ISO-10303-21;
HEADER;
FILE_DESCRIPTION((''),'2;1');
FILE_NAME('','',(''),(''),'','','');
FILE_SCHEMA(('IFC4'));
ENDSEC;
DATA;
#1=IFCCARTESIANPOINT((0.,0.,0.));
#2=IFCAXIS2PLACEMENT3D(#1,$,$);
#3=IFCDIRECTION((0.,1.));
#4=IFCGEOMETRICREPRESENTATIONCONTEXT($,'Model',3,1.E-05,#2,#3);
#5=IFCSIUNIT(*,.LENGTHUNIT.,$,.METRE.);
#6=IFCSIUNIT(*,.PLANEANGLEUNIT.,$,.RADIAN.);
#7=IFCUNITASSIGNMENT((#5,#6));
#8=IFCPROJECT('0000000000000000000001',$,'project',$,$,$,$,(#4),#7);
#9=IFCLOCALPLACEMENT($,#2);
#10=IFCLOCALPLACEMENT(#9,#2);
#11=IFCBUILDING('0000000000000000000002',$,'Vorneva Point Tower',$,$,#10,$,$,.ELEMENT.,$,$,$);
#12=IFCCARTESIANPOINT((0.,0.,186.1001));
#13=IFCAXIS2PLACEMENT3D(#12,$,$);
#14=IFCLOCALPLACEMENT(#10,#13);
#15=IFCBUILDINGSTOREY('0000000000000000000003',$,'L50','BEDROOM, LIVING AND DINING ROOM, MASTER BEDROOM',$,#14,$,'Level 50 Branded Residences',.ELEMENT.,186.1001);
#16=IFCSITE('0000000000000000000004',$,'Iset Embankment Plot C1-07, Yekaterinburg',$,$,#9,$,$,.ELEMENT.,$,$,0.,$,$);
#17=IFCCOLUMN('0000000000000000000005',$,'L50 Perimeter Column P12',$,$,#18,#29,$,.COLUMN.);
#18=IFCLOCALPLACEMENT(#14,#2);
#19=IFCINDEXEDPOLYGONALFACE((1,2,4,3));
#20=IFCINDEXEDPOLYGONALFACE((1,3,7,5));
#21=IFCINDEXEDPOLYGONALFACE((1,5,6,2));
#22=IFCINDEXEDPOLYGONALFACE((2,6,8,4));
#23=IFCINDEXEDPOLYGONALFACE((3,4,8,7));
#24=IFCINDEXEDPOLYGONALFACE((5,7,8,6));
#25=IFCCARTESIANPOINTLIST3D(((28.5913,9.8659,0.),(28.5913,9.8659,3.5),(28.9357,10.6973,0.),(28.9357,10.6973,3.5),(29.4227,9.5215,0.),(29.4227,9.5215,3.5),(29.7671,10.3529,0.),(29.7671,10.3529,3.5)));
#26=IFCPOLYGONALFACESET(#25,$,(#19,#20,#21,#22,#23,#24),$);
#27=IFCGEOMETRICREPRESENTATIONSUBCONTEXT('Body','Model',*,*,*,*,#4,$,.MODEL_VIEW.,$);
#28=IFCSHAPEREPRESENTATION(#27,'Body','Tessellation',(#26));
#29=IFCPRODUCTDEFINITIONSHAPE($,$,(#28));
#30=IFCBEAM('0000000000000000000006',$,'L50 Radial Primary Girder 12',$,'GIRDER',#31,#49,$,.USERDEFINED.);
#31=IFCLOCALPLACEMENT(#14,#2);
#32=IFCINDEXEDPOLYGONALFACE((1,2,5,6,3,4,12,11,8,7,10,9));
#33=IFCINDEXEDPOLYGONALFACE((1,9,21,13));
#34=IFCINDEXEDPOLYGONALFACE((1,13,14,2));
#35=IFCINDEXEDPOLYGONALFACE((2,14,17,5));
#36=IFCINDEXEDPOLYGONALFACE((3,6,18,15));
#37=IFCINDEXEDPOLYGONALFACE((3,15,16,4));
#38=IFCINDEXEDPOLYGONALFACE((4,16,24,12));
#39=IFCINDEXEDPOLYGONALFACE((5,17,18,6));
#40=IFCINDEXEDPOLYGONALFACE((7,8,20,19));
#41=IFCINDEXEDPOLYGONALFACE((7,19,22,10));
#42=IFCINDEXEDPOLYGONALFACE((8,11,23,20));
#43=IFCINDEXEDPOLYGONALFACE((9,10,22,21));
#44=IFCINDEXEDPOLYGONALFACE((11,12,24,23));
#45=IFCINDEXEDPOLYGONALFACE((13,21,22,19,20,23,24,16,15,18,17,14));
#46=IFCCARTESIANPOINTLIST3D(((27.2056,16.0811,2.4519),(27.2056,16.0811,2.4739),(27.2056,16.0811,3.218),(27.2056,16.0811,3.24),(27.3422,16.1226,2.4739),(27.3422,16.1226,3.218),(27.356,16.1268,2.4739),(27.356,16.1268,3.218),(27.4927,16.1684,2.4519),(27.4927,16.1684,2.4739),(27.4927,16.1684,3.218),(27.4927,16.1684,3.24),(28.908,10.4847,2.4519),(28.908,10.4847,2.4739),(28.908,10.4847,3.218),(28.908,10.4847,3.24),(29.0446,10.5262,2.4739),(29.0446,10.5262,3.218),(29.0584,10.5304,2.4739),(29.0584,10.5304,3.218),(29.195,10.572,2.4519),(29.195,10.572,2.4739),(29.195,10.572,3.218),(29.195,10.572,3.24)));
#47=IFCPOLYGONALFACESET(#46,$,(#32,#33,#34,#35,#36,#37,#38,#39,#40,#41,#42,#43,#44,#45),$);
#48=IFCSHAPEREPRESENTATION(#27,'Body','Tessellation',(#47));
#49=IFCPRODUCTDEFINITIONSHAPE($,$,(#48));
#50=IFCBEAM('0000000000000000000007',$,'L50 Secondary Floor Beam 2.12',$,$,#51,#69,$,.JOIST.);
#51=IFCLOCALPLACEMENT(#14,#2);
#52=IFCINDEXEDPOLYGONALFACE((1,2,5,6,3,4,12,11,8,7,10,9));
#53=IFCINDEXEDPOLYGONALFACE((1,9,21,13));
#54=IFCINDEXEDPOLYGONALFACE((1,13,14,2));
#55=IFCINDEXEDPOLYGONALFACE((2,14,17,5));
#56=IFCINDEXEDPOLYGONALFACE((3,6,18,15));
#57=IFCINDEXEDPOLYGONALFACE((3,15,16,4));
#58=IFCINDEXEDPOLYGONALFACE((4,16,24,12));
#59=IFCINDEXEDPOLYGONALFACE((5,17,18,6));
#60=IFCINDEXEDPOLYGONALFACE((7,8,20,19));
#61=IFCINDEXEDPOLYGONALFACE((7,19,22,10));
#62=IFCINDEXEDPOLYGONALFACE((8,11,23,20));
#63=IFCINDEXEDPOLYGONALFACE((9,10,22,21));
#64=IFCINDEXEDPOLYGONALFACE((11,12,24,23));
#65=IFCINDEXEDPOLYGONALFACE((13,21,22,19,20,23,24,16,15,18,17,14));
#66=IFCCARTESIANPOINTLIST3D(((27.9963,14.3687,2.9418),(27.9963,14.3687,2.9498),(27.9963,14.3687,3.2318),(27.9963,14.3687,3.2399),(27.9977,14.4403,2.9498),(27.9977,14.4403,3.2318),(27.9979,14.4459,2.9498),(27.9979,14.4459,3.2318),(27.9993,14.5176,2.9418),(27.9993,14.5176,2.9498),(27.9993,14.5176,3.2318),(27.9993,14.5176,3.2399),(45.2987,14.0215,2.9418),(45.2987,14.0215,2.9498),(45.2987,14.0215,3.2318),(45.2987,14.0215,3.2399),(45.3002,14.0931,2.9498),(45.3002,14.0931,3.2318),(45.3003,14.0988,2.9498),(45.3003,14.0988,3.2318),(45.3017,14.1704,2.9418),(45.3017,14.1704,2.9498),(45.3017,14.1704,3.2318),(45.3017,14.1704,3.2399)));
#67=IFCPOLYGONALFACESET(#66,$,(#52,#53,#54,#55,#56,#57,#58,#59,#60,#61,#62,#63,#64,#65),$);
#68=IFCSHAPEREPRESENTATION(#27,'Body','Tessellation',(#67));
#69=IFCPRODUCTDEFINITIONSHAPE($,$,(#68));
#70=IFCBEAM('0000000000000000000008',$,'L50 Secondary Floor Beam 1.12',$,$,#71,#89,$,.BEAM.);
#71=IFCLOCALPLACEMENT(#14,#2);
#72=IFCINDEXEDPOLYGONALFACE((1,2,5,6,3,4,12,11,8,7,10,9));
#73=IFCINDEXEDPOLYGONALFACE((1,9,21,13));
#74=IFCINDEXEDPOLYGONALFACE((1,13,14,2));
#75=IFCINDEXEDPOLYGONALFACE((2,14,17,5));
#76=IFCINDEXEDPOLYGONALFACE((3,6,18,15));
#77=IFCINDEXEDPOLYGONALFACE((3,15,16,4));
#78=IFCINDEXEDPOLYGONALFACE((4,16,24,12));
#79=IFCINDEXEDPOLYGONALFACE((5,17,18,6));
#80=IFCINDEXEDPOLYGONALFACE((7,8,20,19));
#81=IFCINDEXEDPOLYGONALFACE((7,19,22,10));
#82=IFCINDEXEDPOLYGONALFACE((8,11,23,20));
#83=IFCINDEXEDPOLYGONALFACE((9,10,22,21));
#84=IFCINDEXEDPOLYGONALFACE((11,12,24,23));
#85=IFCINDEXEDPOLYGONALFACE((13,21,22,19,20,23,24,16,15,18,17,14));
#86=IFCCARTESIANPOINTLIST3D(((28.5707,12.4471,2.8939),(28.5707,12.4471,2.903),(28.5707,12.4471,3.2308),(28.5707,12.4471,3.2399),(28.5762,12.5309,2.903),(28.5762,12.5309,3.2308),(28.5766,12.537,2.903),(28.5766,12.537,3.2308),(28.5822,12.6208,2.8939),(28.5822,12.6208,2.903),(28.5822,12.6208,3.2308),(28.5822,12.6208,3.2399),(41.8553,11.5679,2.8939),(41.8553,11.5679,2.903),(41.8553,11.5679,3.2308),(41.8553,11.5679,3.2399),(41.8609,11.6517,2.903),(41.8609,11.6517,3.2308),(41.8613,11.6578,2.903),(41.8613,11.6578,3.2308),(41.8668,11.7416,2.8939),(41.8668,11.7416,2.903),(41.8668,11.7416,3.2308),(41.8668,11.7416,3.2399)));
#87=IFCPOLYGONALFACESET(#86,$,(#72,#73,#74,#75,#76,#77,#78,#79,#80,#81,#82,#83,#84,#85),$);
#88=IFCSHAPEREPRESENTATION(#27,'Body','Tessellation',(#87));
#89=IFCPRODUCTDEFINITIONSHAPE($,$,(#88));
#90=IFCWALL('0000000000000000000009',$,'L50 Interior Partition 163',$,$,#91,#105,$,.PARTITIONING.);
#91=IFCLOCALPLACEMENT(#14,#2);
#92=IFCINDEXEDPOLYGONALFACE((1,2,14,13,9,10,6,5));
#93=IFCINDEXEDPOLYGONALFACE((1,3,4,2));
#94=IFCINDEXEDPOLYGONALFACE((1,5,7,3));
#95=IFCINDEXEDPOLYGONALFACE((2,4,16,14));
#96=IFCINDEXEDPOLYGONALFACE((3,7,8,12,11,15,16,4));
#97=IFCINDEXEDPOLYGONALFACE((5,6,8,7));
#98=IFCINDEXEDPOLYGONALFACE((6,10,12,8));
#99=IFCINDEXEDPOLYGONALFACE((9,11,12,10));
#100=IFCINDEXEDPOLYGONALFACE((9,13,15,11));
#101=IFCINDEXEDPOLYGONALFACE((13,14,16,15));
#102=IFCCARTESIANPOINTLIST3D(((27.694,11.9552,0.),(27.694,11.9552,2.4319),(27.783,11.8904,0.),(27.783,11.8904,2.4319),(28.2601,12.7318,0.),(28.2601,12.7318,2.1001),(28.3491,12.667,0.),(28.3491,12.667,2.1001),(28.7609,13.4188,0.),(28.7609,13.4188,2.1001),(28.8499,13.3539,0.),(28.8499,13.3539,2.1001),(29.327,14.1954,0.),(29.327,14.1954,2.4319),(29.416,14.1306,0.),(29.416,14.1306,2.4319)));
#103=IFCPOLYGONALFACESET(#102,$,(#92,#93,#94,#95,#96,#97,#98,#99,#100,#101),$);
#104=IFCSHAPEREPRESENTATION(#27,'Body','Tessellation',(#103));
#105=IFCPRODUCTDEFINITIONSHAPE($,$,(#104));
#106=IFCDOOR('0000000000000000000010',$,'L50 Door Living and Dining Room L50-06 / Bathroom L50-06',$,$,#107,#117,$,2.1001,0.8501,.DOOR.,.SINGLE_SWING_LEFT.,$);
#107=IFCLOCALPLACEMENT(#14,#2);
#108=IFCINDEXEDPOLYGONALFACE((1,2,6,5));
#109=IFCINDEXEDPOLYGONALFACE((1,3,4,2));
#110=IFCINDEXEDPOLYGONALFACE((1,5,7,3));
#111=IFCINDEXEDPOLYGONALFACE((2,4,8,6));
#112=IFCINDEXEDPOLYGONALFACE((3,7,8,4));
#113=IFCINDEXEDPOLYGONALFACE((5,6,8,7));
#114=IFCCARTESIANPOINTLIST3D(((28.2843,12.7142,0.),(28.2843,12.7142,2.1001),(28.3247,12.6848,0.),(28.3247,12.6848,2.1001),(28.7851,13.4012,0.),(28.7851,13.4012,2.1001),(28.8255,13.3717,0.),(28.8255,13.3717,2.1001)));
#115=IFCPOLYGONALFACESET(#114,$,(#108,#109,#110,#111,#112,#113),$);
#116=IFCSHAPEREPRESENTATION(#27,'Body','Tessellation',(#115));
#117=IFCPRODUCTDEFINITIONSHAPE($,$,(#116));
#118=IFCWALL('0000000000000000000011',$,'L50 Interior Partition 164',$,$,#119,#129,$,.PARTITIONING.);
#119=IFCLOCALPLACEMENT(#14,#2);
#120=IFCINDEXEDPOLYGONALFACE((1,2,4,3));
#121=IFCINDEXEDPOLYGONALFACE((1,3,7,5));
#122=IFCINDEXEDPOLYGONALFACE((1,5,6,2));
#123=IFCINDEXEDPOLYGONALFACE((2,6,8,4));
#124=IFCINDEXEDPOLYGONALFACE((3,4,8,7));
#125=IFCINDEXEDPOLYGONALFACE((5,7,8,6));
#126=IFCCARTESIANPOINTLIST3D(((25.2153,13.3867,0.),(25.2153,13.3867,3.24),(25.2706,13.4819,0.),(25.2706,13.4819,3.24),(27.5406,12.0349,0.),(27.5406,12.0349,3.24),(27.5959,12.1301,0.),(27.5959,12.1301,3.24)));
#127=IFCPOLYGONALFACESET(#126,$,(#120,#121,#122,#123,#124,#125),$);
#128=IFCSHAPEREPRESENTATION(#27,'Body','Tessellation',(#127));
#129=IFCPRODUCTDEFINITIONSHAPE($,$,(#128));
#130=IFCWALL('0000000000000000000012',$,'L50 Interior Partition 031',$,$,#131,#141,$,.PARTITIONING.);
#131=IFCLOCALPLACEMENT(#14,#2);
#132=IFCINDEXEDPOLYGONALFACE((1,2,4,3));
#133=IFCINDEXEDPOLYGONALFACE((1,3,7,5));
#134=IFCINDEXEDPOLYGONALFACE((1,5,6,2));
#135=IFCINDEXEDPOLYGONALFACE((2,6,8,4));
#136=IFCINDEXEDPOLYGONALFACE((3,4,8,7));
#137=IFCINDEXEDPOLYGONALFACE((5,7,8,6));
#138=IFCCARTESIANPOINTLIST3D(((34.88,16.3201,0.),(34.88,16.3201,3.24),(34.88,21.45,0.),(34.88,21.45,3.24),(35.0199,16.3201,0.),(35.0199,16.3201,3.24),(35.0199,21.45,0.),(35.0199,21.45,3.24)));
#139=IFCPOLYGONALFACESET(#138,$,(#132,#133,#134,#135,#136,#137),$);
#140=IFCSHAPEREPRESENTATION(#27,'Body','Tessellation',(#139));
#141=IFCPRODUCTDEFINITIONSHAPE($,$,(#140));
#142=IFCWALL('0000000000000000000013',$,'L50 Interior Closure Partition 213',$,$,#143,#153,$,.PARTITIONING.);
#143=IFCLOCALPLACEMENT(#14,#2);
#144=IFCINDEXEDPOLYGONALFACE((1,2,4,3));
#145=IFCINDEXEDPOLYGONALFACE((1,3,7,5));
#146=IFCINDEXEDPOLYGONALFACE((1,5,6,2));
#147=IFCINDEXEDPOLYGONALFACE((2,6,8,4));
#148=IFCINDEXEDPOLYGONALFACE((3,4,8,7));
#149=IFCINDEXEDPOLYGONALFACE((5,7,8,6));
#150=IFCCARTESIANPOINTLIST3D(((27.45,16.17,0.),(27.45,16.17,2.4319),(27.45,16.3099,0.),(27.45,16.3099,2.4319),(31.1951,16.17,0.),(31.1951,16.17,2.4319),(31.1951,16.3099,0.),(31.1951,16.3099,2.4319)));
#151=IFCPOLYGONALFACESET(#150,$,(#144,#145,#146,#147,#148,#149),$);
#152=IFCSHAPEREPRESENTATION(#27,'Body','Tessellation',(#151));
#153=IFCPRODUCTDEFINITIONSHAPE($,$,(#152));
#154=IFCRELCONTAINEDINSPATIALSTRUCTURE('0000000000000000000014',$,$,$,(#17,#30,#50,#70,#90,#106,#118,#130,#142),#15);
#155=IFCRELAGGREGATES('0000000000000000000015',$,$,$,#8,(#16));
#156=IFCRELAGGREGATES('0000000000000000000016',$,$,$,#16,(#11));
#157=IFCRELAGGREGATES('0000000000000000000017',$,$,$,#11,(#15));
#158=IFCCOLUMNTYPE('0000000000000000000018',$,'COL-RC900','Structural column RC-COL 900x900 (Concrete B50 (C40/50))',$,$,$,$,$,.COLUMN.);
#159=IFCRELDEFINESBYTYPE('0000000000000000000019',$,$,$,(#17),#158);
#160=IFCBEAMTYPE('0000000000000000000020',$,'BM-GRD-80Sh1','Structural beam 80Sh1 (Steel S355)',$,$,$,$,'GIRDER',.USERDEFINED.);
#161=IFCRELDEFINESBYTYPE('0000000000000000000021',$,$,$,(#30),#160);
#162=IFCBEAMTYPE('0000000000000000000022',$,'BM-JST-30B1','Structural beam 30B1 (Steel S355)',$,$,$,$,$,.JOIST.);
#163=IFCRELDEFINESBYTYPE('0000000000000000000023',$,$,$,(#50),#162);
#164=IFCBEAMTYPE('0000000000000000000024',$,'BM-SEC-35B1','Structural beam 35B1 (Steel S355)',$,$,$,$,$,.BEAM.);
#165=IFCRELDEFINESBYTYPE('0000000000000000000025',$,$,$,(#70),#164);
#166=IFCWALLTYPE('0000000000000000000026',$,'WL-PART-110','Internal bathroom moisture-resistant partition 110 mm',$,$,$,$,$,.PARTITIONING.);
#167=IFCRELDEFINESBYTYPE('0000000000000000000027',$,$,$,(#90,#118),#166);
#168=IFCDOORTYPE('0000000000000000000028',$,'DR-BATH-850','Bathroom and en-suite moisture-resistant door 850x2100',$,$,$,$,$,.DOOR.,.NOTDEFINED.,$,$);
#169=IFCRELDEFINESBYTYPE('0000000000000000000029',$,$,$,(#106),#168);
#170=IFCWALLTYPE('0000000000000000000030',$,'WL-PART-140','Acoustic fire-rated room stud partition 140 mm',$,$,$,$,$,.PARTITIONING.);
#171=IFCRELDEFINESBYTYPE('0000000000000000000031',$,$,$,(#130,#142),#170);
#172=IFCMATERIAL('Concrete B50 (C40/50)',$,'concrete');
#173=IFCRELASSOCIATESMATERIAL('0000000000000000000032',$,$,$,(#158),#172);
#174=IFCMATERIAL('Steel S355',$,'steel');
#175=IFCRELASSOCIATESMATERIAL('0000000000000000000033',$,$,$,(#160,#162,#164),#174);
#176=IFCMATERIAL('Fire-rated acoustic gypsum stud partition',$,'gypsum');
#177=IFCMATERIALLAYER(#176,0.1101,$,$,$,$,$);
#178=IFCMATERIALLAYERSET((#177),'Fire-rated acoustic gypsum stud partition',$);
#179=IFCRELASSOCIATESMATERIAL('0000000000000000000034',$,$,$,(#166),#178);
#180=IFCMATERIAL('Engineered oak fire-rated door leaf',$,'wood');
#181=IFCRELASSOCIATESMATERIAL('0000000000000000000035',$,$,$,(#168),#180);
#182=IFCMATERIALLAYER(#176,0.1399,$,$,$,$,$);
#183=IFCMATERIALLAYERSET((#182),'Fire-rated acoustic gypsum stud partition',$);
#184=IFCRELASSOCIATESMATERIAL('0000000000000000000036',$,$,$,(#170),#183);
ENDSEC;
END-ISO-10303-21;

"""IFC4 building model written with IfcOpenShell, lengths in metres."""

from ifc_helpers import new_model, si_unit, direction, frame, frame_2d, origin, origin_2d, place, context, subcontext, project, spatial, rectangle, i_section, extrude, material, layer, layer_set, material_profile, profile_set, type_object, element, fill, save


model = new_model("IFC4")

# Units and contexts
model_context = context("Model", 3, precision=1e-05, world=origin(), true_north=direction((0.0, 1.0)))
body_context = subcontext(model_context, "Body", "Model", "MODEL_VIEW")
ifc_project = project(units=[si_unit("LENGTHUNIT", "METRE"), si_unit("PLANEANGLEUNIT", "RADIAN")], contexts=[model_context])

# Site, building, storey
site_placement = place(None, origin())
site = spatial("IfcSite", under=ifc_project, at=site_placement, Name="Iset Embankment Plot C1-07, Yekaterinburg", CompositionType="ELEMENT", RefElevation=0.0)
building_placement = place(site_placement, origin())
building = spatial("IfcBuilding", under=site, at=building_placement, Name="Vorneva Point Tower", CompositionType="ELEMENT")
storey_placement = place(building_placement, frame((0.0, 0.0, 186.1001)))
storey = spatial("IfcBuildingStorey", under=building, at=storey_placement, Name="L50", Description="BEDROOM, LIVING AND DINING ROOM, MASTER BEDROOM", LongName="Level 50 Branded Residences", CompositionType="ELEMENT", Elevation=186.1001)

# Column
ifc_material_1 = material(Name="Concrete B50 (C40/50)", Category="concrete")
ifc_material_profile_1 = material_profile(ifc_material_1, rectangle(XDim=0.8999, YDim=0.8999, at=origin_2d()), Name="RC-COL 900x900")
ifc_profile_set_1 = profile_set([ifc_material_profile_1], Name="Concrete B50 (C40/50)")
column_type = type_object("IfcColumnType", Name="COL-RC900", Description="Structural column RC-COL 900x900 (Concrete B50 (C40/50))", PredefinedType="COLUMN", material=ifc_profile_set_1)
column_placement = place(storey_placement, frame((29.1792, 10.1094, 0.0), z_axis=(0.0, 0.0, 1.0), x_axis=(-0.382683, -0.92388, 0.0)))
element("IfcColumn", 1, at=column_placement, inside=storey, type_object=column_type, Name="L50 Perimeter Column P12", PredefinedType="COLUMN", context=body_context, shape_type="SweptSolid", body=[
    extrude(rectangle(XDim=0.8999, YDim=0.8999, at=origin_2d()), origin(), (0.0, 0.0, 1.0), 3.5),
])

# Beams
ifc_material_2 = material(Name="Steel S355", Category="steel")
ifc_material_profile_2 = material_profile(ifc_material_2, i_section(OverallWidth=0.3, OverallDepth=0.7881, WebThickness=0.0144, FlangeThickness=0.022, at=origin_2d()), Name="80Sh1")
ifc_profile_set_2 = profile_set([ifc_material_profile_2], Name="Steel S355")
beam_type_1 = type_object("IfcBeamType", Name="BM-GRD-80Sh1", Description="Structural beam 80Sh1 (Steel S355)", ElementType="GIRDER", PredefinedType="USERDEFINED", material=ifc_profile_set_2)
beam_1_placement = place(storey_placement, frame((29.0515, 10.5283, 2.8459), z_axis=(-0.291025, 0.956715, 0.0), x_axis=(-0.956715, -0.291025, 0.0)))
element("IfcBeam", 2, at=beam_1_placement, inside=storey, type_object=beam_type_1, Name="L50 Radial Primary Girder 12", ObjectType="GIRDER", PredefinedType="USERDEFINED", context=body_context, shape_type="SweptSolid", body=[
    extrude(i_section(OverallWidth=0.3, OverallDepth=0.7881, WebThickness=0.0144, FlangeThickness=0.022, at=origin_2d()), origin(), (0.0, 0.0, 1.0), 5.8496),
])
ifc_material_profile_3 = material_profile(ifc_material_2, i_section(OverallWidth=0.1489, OverallDepth=0.2981, WebThickness=0.0056, FlangeThickness=0.0081, at=origin_2d()), Name="30B1")
ifc_profile_set_3 = profile_set([ifc_material_profile_3], Name="Steel S355")
beam_type_2 = type_object("IfcBeamType", Name="BM-JST-30B1", Description="Structural beam 30B1 (Steel S355)", PredefinedType="JOIST", material=ifc_profile_set_3)
beam_2_placement = place(storey_placement, frame((27.9978, 14.4431, 3.0908), z_axis=(0.999799, -0.020061, 0.0), x_axis=(0.020061, 0.999799, 0.0)))
element("IfcBeam", 3, at=beam_2_placement, inside=storey, type_object=beam_type_2, Name="L50 Secondary Floor Beam 2.12", PredefinedType="JOIST", context=body_context, shape_type="SweptSolid", body=[
    extrude(i_section(OverallWidth=0.1489, OverallDepth=0.2981, WebThickness=0.0056, FlangeThickness=0.0081, at=origin_2d()), origin(), (0.0, 0.0, 1.0), 17.3059),
])
ifc_material_profile_4 = material_profile(ifc_material_2, i_section(OverallWidth=0.1741, OverallDepth=0.3459, WebThickness=0.0061, FlangeThickness=0.009, at=origin_2d()), Name="35B1")
ifc_profile_set_4 = profile_set([ifc_material_profile_4], Name="Steel S355")
beam_type_3 = type_object("IfcBeamType", Name="BM-SEC-35B1", Description="Structural beam 35B1 (Steel S355)", PredefinedType="BEAM", material=ifc_profile_set_4)
beam_3_placement = place(storey_placement, frame((28.5764, 12.5339, 3.0669), z_axis=(0.997817, -0.066033, 0.0), x_axis=(0.066033, 0.997817, 0.0)))
element("IfcBeam", 4, at=beam_3_placement, inside=storey, type_object=beam_type_3, Name="L50 Secondary Floor Beam 1.12", PredefinedType="BEAM", context=body_context, shape_type="SweptSolid", body=[
    extrude(i_section(OverallWidth=0.1741, OverallDepth=0.3459, WebThickness=0.0061, FlangeThickness=0.009, at=origin_2d()), origin(), (0.0, 0.0, 1.0), 13.3137),
])

# Wall, opening, door
ifc_material_3 = material(Name="Fire-rated acoustic gypsum stud partition", Category="gypsum")
ifc_layer_1 = layer(ifc_material_3, 0.1101)
ifc_layer_set_1 = layer_set([ifc_layer_1], Name="Fire-rated acoustic gypsum stud partition")
wall_type_1 = type_object("IfcWallType", Name="WL-PART-110", Description="Internal bathroom moisture-resistant partition 110 mm", PredefinedType="PARTITIONING", material=ifc_layer_set_1)
wall_1_placement = place(storey_placement, frame((29.3716, 14.1631, 0.0), z_axis=(0.0, 0.0, 1.0), x_axis=(-0.589067, -0.808084, 0.0)))
wall_1 = element("IfcWall", 5, at=wall_1_placement, inside=storey, type_object=wall_type_1, Name="L50 Interior Partition 163", PredefinedType="PARTITIONING", context=body_context, shape_type="SweptSolid", body=[
    extrude(rectangle(XDim=2.7722, YDim=0.1101, at=frame_2d((1.3862, 0.0))), origin(), (0.0, 0.0, 1.0), 2.4319),
])
opening_1_placement = place(wall_1_placement, frame((0.9612, 0.0, 0.0)))
opening_1 = element("IfcOpeningElement", 6, at=opening_1_placement, cuts=wall_1, PredefinedType="OPENING", context=body_context, shape_type="SweptSolid", body=[
    extrude(rectangle(XDim=0.8501, YDim=2.1001, at=frame_2d((0.425, 1.05))), frame((0.0, 0.0698, 0.0), z_axis=(0.0, -1.0, 0.0), x_axis=(1.0, 0.0, 0.0)), (0.0, 0.0, 1.0), 0.1399),
])
ifc_material_4 = material(Name="Engineered oak fire-rated door leaf", Category="wood")
door_type_1 = type_object("IfcDoorType", Name="DR-BATH-850", Description="Bathroom and en-suite moisture-resistant door 850x2100", OperationType="NOTDEFINED", PredefinedType="DOOR", material=ifc_material_4)
door_1_placement = place(opening_1_placement, origin())
door_1 = element("IfcDoor", 7, at=door_1_placement, inside=storey, type_object=door_type_1, Name="L50 Door Living and Dining Room L50-06 / Bathroom L50-06", OperationType="SINGLE_SWING_LEFT", OverallHeight=2.1001, OverallWidth=0.8501, PredefinedType="DOOR", context=body_context, shape_type="SweptSolid", body=[
    extrude(rectangle(XDim=0.8501, YDim=2.1001, at=frame_2d((0.425, 1.05))), frame((0.0, 0.0249, 0.0), z_axis=(0.0, -1.0, 0.0), x_axis=(1.0, 0.0, 0.0)), (0.0, 0.0, 1.0), 0.05),
])
fill(opening_1, door_1)

# Walls
wall_2_placement = place(storey_placement, frame((27.5681, 12.0825, 0.0), z_axis=(0.0, 0.0, 1.0), x_axis=(-0.864515, 0.502606, 0.0)))
element("IfcWall", 8, at=wall_2_placement, inside=storey, type_object=wall_type_1, Name="L50 Interior Partition 164", PredefinedType="PARTITIONING", context=body_context, shape_type="SweptSolid", body=[
    extrude(rectangle(XDim=2.6897, YDim=0.1101, at=frame_2d((1.3447, 0.0))), origin(), (0.0, 0.0, 1.0), 3.24),
])
ifc_layer_2 = layer(ifc_material_3, 0.1399)
ifc_layer_set_2 = layer_set([ifc_layer_2], Name="Fire-rated acoustic gypsum stud partition")
wall_type_2 = type_object("IfcWallType", Name="WL-PART-140", Description="Acoustic fire-rated room stud partition 140 mm", PredefinedType="PARTITIONING", material=ifc_layer_set_2)
wall_3_placement = place(storey_placement, frame((34.95, 16.3201, 0.0), z_axis=(0.0, 0.0, 1.0), x_axis=(0.0, 1.0, 0.0)))
element("IfcWall", 9, at=wall_3_placement, inside=storey, type_object=wall_type_2, Name="L50 Interior Partition 031", PredefinedType="PARTITIONING", context=body_context, shape_type="SweptSolid", body=[
    extrude(rectangle(XDim=5.1299, YDim=0.1399, at=frame_2d((2.5649, 0.0))), origin(), (0.0, 0.0, 1.0), 3.24),
])
wall_4_placement = place(storey_placement, frame((27.45, 16.24, 0.0), z_axis=(0.0, 0.0, 1.0), x_axis=(1.0, 0.0, 0.0)))
element("IfcWall", 10, at=wall_4_placement, inside=storey, type_object=wall_type_2, Name="L50 Interior Closure Partition 213", PredefinedType="PARTITIONING", context=body_context, shape_type="SweptSolid", body=[
    extrude(rectangle(XDim=3.7451, YDim=0.1399, at=frame_2d((1.8726, 0.0))), origin(), (0.0, 0.0, 1.0), 2.4319),
])

save(model, "model.ifc")
